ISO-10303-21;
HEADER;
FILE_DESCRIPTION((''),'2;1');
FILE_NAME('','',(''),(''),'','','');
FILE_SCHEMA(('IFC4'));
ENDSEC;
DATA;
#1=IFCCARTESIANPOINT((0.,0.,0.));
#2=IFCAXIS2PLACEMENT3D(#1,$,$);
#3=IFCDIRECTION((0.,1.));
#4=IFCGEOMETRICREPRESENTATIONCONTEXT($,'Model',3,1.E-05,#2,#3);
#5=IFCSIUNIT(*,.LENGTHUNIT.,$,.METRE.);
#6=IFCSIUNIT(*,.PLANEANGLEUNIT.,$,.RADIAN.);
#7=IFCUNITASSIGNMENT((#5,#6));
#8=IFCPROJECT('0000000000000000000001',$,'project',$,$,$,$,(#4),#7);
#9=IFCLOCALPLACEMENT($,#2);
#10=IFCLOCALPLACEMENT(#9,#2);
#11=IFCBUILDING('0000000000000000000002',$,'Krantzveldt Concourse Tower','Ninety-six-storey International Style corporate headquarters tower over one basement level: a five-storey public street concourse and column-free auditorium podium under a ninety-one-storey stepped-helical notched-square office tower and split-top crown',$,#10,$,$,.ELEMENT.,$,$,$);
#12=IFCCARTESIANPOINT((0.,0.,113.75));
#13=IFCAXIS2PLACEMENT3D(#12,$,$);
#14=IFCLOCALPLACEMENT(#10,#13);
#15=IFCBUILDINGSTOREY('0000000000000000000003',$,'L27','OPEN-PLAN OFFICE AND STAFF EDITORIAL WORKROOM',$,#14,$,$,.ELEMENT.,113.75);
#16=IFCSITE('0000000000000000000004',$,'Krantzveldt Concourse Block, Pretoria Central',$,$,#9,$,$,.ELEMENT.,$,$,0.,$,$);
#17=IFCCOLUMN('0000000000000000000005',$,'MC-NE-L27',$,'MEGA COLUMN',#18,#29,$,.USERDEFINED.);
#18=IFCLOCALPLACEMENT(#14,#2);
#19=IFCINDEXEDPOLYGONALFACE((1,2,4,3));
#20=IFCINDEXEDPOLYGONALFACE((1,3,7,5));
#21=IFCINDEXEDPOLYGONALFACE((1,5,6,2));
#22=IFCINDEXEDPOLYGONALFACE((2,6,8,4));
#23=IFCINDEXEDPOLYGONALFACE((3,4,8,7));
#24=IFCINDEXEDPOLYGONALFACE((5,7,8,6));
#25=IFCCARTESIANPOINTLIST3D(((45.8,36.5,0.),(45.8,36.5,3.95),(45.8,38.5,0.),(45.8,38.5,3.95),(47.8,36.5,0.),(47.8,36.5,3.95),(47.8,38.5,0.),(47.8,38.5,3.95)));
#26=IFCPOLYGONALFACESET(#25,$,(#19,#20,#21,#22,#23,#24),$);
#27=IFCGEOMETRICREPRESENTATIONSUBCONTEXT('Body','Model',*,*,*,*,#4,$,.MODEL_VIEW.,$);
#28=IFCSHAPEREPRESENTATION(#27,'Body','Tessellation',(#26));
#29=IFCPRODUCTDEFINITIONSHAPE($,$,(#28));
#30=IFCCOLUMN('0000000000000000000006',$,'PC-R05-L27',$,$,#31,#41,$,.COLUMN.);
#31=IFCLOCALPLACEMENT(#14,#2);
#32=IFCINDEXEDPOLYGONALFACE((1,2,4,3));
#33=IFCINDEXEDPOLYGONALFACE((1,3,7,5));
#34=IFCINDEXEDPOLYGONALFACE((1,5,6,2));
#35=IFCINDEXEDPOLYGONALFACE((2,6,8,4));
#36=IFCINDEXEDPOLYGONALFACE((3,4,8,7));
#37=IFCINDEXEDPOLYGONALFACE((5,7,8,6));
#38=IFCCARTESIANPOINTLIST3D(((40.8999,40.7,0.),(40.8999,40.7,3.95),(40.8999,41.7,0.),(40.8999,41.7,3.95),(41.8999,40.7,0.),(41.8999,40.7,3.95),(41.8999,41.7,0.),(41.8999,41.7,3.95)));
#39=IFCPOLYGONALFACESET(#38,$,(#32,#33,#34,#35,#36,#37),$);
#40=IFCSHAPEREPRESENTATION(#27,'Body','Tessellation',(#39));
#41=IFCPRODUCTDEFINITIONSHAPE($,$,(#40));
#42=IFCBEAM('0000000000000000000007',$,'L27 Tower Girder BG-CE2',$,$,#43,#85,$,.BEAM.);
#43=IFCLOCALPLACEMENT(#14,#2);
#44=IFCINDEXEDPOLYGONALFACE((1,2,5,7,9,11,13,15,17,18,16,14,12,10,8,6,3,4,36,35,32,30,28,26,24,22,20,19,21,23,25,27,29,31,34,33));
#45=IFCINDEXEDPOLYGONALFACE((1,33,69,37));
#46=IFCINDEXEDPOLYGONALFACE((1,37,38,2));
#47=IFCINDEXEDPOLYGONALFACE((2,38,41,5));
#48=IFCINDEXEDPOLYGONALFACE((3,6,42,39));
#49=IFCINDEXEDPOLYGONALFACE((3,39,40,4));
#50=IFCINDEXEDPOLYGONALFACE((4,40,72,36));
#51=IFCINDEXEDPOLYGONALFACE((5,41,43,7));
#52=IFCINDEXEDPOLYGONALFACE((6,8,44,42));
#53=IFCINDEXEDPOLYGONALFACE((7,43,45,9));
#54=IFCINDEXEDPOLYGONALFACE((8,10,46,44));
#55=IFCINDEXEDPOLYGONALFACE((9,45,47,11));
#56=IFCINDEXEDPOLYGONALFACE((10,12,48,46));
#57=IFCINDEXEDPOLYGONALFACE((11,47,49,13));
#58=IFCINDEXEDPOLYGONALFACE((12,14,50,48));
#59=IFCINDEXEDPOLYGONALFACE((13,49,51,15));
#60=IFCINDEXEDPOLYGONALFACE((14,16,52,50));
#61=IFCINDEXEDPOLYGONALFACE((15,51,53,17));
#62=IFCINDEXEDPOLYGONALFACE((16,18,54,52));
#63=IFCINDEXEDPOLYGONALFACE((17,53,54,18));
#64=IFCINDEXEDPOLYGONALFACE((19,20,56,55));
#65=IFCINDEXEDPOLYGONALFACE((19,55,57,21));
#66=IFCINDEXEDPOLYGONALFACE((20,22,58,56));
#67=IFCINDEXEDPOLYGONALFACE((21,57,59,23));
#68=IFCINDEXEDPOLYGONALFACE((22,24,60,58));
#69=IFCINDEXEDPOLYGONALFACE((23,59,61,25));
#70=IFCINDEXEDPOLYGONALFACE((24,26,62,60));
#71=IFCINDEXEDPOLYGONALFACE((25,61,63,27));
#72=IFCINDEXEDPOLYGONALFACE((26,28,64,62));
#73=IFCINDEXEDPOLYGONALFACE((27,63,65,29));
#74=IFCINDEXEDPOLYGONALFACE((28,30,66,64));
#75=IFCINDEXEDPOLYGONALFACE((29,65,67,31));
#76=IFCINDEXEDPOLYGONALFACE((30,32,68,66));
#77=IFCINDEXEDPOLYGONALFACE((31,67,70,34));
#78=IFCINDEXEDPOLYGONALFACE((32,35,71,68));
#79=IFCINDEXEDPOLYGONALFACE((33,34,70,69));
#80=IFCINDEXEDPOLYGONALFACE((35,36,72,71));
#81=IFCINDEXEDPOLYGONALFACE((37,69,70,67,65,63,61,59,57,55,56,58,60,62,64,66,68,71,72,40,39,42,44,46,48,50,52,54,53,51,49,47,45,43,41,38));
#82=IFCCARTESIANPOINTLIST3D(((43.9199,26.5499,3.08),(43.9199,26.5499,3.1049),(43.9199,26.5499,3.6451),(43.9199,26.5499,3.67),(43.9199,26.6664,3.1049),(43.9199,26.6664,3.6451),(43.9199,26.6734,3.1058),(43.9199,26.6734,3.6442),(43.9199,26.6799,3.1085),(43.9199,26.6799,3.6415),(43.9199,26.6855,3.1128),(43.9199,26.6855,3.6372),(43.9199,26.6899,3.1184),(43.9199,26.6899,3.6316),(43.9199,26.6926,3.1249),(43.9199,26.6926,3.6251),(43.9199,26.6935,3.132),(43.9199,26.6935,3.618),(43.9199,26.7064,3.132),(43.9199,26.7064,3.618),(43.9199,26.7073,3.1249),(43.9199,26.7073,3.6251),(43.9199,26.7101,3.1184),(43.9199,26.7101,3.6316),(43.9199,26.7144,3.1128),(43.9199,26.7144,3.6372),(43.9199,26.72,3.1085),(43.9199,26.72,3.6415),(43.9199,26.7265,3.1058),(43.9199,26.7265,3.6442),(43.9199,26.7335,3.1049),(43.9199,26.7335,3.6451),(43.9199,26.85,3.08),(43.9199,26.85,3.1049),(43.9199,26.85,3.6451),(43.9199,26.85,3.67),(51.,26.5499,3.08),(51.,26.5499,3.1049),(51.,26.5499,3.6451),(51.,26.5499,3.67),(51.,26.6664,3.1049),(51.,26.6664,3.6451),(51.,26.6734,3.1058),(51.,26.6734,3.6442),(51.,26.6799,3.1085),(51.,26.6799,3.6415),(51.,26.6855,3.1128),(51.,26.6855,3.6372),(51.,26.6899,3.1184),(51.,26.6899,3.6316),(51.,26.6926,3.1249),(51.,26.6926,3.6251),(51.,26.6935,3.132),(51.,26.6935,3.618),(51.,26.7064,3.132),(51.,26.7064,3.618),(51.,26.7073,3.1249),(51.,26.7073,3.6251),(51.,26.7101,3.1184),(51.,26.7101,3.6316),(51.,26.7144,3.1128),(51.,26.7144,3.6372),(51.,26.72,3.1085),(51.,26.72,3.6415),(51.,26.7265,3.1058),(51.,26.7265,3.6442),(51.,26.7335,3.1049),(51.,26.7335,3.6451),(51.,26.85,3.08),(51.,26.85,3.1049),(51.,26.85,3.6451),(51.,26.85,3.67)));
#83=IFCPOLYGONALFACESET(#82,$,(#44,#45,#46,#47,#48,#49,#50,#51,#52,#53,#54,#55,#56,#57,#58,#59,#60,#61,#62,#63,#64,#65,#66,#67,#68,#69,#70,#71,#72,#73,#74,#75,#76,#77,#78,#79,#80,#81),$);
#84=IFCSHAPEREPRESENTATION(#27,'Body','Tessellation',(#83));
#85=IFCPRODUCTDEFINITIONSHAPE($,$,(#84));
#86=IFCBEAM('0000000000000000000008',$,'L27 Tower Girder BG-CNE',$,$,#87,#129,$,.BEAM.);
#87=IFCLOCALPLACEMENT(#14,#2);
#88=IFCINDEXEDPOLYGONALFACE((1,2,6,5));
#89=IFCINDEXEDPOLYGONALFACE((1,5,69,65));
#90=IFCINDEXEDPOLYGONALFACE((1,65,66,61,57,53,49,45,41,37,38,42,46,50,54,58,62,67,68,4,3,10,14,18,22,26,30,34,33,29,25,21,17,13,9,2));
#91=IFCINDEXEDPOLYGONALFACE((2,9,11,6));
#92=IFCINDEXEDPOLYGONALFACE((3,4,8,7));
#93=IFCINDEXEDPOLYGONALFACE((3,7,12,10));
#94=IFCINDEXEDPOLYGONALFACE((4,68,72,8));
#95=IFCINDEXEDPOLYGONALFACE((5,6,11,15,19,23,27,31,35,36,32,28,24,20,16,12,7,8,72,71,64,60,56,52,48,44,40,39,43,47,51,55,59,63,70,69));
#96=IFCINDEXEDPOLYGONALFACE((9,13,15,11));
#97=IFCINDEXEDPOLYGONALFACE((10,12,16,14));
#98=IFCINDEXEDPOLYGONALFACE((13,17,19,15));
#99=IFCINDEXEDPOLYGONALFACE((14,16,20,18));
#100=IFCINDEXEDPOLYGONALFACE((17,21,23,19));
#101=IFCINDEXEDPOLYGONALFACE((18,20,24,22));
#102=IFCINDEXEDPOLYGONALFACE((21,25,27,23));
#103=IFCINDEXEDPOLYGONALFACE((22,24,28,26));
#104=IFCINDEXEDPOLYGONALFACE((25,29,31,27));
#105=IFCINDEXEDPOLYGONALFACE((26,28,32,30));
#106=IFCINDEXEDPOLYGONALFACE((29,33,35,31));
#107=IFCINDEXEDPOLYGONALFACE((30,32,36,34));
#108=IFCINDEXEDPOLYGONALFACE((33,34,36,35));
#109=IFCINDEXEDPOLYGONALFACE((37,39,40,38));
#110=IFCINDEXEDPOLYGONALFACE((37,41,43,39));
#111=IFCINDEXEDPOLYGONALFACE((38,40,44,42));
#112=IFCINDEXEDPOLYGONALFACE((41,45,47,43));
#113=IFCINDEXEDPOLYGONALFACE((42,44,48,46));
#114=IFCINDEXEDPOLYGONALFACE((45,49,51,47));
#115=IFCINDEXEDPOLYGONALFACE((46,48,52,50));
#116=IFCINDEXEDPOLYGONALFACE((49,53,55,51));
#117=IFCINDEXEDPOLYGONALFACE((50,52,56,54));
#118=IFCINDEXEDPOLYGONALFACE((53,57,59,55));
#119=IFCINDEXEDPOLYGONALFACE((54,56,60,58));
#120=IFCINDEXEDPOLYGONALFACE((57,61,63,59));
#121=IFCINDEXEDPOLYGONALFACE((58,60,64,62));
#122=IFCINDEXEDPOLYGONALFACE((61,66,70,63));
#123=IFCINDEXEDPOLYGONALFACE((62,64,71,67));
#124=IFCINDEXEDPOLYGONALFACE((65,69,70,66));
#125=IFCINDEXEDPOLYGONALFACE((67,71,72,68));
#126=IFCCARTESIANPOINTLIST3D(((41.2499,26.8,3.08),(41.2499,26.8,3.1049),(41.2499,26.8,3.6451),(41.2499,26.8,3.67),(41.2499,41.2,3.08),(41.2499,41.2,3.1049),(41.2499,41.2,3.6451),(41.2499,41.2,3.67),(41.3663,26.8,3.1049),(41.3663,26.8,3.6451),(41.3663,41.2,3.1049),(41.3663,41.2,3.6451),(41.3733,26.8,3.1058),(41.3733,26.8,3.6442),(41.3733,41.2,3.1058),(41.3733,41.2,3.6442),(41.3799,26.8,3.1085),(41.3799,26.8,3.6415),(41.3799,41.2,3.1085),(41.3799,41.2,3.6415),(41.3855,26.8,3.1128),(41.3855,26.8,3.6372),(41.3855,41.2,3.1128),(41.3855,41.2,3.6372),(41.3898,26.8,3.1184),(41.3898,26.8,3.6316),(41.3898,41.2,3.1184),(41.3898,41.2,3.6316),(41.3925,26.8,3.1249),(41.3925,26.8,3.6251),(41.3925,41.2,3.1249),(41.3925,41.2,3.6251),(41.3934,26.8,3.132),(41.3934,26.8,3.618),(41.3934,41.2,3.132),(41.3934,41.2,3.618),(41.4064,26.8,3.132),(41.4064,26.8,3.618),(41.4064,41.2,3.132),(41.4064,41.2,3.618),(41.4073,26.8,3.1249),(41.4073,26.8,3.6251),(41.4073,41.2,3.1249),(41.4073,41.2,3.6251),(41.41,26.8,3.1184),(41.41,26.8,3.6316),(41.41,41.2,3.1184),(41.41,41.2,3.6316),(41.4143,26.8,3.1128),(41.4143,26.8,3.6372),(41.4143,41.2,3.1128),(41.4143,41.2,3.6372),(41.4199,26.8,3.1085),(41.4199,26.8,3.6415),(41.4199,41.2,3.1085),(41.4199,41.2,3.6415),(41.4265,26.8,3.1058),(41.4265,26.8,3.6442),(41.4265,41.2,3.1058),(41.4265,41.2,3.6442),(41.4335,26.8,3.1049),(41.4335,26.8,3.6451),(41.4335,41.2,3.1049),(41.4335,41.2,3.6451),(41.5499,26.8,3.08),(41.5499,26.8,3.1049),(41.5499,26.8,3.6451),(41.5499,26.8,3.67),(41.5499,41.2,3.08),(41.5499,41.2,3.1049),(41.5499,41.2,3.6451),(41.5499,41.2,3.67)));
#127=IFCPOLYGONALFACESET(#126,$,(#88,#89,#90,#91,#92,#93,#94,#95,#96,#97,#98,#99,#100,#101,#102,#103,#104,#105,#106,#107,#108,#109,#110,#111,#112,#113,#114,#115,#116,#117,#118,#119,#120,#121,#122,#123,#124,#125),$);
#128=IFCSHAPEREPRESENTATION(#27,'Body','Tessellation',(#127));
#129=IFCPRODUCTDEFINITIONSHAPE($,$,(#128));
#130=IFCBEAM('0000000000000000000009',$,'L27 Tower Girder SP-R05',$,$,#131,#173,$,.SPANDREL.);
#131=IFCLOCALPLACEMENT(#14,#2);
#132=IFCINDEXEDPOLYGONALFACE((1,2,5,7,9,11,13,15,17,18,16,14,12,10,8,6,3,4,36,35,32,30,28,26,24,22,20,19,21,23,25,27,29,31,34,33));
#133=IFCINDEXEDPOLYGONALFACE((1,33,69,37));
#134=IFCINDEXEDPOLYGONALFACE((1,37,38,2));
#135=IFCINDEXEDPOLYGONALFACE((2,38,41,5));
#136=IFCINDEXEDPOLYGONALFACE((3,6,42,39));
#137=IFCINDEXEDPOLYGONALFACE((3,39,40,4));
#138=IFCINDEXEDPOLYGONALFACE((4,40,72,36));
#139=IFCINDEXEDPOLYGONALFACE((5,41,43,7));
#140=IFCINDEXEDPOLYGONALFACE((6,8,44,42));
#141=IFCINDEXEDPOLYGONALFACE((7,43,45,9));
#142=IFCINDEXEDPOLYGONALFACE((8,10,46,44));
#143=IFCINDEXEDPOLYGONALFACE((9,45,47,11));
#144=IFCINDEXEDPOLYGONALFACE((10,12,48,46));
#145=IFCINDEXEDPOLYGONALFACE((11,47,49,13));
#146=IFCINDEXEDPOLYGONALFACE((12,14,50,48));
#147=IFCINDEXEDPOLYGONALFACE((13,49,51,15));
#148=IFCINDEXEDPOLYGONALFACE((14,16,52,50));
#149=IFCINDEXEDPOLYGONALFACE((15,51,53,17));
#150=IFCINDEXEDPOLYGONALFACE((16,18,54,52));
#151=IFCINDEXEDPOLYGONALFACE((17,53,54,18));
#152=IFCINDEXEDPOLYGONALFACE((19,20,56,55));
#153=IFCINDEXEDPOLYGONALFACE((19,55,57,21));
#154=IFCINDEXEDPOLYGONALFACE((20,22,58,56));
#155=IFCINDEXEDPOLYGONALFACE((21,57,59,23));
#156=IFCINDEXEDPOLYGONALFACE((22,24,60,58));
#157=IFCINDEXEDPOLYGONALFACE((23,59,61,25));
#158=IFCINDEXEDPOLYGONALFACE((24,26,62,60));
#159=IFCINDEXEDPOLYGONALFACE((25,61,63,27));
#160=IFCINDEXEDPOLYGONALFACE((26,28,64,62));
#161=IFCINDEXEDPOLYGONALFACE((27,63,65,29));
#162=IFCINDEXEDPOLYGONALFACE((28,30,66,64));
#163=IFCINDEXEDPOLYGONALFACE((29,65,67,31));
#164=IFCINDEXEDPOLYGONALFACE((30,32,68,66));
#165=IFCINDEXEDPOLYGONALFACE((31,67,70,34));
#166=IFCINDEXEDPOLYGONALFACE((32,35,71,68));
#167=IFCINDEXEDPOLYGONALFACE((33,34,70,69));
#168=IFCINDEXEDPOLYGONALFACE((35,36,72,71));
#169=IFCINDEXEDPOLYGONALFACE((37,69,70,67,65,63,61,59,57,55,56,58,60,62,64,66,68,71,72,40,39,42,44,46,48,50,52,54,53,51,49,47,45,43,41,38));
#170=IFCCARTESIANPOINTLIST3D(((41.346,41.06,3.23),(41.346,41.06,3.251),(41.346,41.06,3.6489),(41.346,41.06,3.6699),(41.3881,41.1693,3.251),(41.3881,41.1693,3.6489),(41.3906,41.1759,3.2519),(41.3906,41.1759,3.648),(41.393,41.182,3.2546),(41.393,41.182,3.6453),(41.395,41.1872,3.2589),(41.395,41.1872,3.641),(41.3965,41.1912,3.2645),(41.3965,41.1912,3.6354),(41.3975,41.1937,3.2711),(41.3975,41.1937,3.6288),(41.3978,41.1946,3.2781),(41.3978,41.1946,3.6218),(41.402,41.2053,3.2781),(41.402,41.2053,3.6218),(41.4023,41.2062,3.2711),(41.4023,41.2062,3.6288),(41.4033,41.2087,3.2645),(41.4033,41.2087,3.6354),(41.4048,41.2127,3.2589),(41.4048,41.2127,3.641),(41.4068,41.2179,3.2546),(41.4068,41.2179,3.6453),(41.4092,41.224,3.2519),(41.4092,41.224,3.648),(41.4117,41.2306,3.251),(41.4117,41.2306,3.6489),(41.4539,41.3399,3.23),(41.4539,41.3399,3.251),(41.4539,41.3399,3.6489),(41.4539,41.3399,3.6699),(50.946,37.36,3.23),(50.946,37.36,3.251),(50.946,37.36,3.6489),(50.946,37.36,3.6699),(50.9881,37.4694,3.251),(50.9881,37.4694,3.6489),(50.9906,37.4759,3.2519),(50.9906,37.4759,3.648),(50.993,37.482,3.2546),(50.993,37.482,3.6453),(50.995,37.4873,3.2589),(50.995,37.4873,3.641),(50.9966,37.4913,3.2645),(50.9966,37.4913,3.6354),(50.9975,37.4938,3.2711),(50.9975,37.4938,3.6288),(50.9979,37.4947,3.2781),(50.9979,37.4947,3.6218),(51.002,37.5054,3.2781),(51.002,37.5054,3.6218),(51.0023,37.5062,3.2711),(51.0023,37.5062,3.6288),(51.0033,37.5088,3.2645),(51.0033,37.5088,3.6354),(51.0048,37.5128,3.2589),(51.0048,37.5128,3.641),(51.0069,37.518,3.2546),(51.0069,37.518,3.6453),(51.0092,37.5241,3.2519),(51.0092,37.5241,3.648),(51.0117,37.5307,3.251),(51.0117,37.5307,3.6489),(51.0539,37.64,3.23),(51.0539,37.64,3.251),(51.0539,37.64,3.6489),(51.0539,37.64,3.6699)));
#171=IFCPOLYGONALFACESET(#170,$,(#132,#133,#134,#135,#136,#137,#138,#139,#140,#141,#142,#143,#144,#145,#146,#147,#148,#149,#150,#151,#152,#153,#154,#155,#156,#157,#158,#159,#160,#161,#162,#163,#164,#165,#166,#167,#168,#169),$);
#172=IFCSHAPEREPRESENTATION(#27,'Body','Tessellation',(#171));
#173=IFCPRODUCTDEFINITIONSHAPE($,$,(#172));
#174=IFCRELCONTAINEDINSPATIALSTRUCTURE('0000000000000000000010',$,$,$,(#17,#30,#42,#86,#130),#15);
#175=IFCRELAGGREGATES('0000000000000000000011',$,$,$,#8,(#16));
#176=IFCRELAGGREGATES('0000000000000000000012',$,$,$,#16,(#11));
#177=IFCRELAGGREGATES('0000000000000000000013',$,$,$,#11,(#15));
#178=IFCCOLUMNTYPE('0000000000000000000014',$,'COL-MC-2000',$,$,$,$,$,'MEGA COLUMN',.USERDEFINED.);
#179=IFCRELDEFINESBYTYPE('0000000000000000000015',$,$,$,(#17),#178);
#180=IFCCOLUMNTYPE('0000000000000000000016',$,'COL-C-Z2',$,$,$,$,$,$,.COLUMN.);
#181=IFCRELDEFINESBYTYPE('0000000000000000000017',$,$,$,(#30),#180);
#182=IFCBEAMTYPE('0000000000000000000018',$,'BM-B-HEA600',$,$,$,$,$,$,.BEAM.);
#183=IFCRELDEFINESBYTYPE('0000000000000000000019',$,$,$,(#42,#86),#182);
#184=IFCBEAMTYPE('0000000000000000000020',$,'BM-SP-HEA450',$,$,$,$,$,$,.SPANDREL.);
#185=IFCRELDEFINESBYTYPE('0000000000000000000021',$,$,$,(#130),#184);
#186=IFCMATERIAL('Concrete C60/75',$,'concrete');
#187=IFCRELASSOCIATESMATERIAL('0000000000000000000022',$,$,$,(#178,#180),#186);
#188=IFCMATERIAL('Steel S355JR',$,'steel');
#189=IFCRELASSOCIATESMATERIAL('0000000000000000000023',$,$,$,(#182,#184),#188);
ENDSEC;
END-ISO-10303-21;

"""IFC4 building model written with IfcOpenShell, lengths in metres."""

from ifc_helpers import new_model, si_unit, direction, frame, origin, origin_2d, place, context, subcontext, project, spatial, rectangle, i_section, extrude, source, transform, mapped, material, material_profile, profile_set, type_object, type_shapes, element, save


model = new_model("IFC4")

# Units and contexts
model_context = context("Model", 3, precision=1e-05, world=origin(), true_north=direction((0.0, 1.0)))
body_context = subcontext(model_context, "Body", "Model", "MODEL_VIEW")
ifc_project = project(units=[si_unit("LENGTHUNIT", "METRE"), si_unit("PLANEANGLEUNIT", "RADIAN")], contexts=[model_context])

# Site, building, storey
site_placement = place(None, origin())
site = spatial("IfcSite", under=ifc_project, at=site_placement, Name="Krantzveldt Concourse Block, Pretoria Central", CompositionType="ELEMENT", RefElevation=0.0)
building_placement = place(site_placement, origin())
building = spatial("IfcBuilding", under=site, at=building_placement, Name="Krantzveldt Concourse Tower", Description="Ninety-six-storey International Style corporate headquarters tower over one basement level: a five-storey public street concourse and column-free auditorium podium under a ninety-one-storey stepped-helical notched-square office tower and split-top crown", CompositionType="ELEMENT")
storey_placement = place(building_placement, frame((0.0, 0.0, 113.75)))
storey = spatial("IfcBuildingStorey", under=building, at=storey_placement, Name="L27", Description="OPEN-PLAN OFFICE AND STAFF EDITORIAL WORKROOM", CompositionType="ELEMENT", Elevation=113.75)

# Columns
ifc_material_1 = material(Name="Concrete C60/75", Category="concrete")
ifc_material_profile_1 = material_profile(ifc_material_1, rectangle(XDim=2.0, YDim=2.0, at=origin_2d()), Name="Concrete C60/75", Category="concrete")
ifc_profile_set_1 = profile_set([ifc_material_profile_1], Name="Concrete C60/75 - RC 2000x2000")
column_type_1 = type_object("IfcColumnType", Name="COL-MC-2000", ElementType="MEGA COLUMN", PredefinedType="USERDEFINED", material=ifc_profile_set_1)
shared_shape_1 = source(origin(), body_context, "Body", "SweptSolid", [
    extrude(rectangle(XDim=2.0, YDim=2.0, at=origin_2d()), origin(), (0.0, 0.0, 1.0), 3.95),
])
type_shapes(column_type_1, [shared_shape_1])
column_1_placement = place(storey_placement, frame((46.8, 37.5, 0.0), z_axis=(0.0, 0.0, 1.0), x_axis=(1.0, 0.0, 0.0)))
element("IfcColumn", 1, at=column_1_placement, inside=storey, type_object=column_type_1, Name="MC-NE-L27", ObjectType="MEGA COLUMN", PredefinedType="USERDEFINED", context=body_context, shape_type="MappedRepresentation", body=[
    mapped(shared_shape_1, transform((0.0, 0.0, 0.0), x_axis=(1.0, 0.0, 0.0), y_axis=(0.0, 1.0, 0.0), z_axis=(0.0, 0.0, 1.0), scale=1.0)),
])
ifc_material_profile_2 = material_profile(ifc_material_1, rectangle(XDim=1.0, YDim=1.0, at=origin_2d()), Name="Concrete C60/75", Category="concrete")
ifc_profile_set_2 = profile_set([ifc_material_profile_2], Name="Concrete C60/75 - RC 1000x1000")
column_type_2 = type_object("IfcColumnType", Name="COL-C-Z2", PredefinedType="COLUMN", material=ifc_profile_set_2)
shared_shape_2 = source(origin(), body_context, "Body", "SweptSolid", [
    extrude(rectangle(XDim=1.0, YDim=1.0, at=origin_2d()), origin(), (0.0, 0.0, 1.0), 3.95),
])
type_shapes(column_type_2, [shared_shape_2])
column_2_placement = place(storey_placement, frame((41.3999, 41.2, 0.0), z_axis=(0.0, 0.0, 1.0), x_axis=(1.0, 0.0, 0.0)))
element("IfcColumn", 2, at=column_2_placement, inside=storey, type_object=column_type_2, Name="PC-R05-L27", PredefinedType="COLUMN", context=body_context, shape_type="MappedRepresentation", body=[
    mapped(shared_shape_2, transform((0.0, 0.0, 0.0), x_axis=(1.0, 0.0, 0.0), y_axis=(0.0, 1.0, 0.0), z_axis=(0.0, 0.0, 1.0), scale=1.0)),
])

# Beams
ifc_material_2 = material(Name="Steel S355JR", Category="steel")
ifc_material_profile_3 = material_profile(ifc_material_2, i_section(OverallWidth=0.3, OverallDepth=0.5901, WebThickness=0.0129, FlangeThickness=0.0249, FilletRadius=0.0271, at=origin_2d()), Name="Steel S355JR", Category="steel")
ifc_profile_set_3 = profile_set([ifc_material_profile_3], Name="Steel S355JR - HEA 600")
beam_type_1 = type_object("IfcBeamType", Name="BM-B-HEA600", PredefinedType="BEAM", material=ifc_profile_set_3)
shared_shape_3 = source(origin(), body_context, "Body", "SweptSolid", [
    extrude(i_section(OverallWidth=0.3, OverallDepth=0.5901, WebThickness=0.0129, FlangeThickness=0.0249, FilletRadius=0.0271, at=origin_2d()), origin(), (0.0, 0.0, 1.0), 7.0801),
])
beam_1_placement = place(storey_placement, frame((43.9199, 26.7, 3.375), z_axis=(1.0, 0.0, 0.0), x_axis=(0.0, 1.0, 0.0)))
element("IfcBeam", 3, at=beam_1_placement, inside=storey, type_object=beam_type_1, Name="L27 Tower Girder BG-CE2", PredefinedType="BEAM", context=body_context, shape_type="MappedRepresentation", body=[
    mapped(shared_shape_3, transform((0.0, 0.0, 0.0), x_axis=(1.0, 0.0, 0.0), y_axis=(0.0, 1.0, 0.0), z_axis=(0.0, 0.0, 1.0), scale=1.0)),
])
shared_shape_4 = source(origin(), body_context, "Body", "SweptSolid", [
    extrude(i_section(OverallWidth=0.3, OverallDepth=0.5901, WebThickness=0.0129, FlangeThickness=0.0249, FilletRadius=0.0271, at=origin_2d()), origin(), (0.0, 0.0, 1.0), 14.3999),
])
beam_2_placement = place(storey_placement, frame((41.3999, 26.8, 3.375), z_axis=(0.0, 1.0, 0.0), x_axis=(-1.0, 0.0, 0.0)))
element("IfcBeam", 4, at=beam_2_placement, inside=storey, type_object=beam_type_1, Name="L27 Tower Girder BG-CNE", PredefinedType="BEAM", context=body_context, shape_type="MappedRepresentation", body=[
    mapped(shared_shape_4, transform((0.0, 0.0, 0.0), x_axis=(1.0, 0.0, 0.0), y_axis=(0.0, 1.0, 0.0), z_axis=(0.0, 0.0, 1.0), scale=1.0)),
])
ifc_material_profile_4 = material_profile(ifc_material_2, i_section(OverallWidth=0.3, OverallDepth=0.4399, WebThickness=0.0115, FlangeThickness=0.021, FilletRadius=0.0271, at=origin_2d()), Name="Steel S355JR", Category="steel")
ifc_profile_set_4 = profile_set([ifc_material_profile_4], Name="Steel S355JR - HEA 450")
beam_type_2 = type_object("IfcBeamType", Name="BM-SP-HEA450", PredefinedType="SPANDREL", material=ifc_profile_set_4)
shared_shape_5 = source(origin(), body_context, "Body", "SweptSolid", [
    extrude(i_section(OverallWidth=0.3, OverallDepth=0.4399, WebThickness=0.0115, FlangeThickness=0.021, FilletRadius=0.0271, at=origin_2d()), origin(), (0.0, 0.0, 1.0), 10.2883),
])
type_shapes(beam_type_2, [shared_shape_5])
beam_3_placement = place(storey_placement, frame((41.3999, 41.2, 3.45), z_axis=(0.933098, -0.359623, 0.0), x_axis=(0.359623, 0.933098, 0.0)))
element("IfcBeam", 5, at=beam_3_placement, inside=storey, type_object=beam_type_2, Name="L27 Tower Girder SP-R05", PredefinedType="SPANDREL", context=body_context, shape_type="MappedRepresentation", body=[
    mapped(shared_shape_5, transform((0.0, 0.0, 0.0), x_axis=(1.0, 0.0, 0.0), y_axis=(0.0, 1.0, 0.0), z_axis=(0.0, 0.0, 1.0), scale=1.0)),
])

save(model, "model.ifc")
